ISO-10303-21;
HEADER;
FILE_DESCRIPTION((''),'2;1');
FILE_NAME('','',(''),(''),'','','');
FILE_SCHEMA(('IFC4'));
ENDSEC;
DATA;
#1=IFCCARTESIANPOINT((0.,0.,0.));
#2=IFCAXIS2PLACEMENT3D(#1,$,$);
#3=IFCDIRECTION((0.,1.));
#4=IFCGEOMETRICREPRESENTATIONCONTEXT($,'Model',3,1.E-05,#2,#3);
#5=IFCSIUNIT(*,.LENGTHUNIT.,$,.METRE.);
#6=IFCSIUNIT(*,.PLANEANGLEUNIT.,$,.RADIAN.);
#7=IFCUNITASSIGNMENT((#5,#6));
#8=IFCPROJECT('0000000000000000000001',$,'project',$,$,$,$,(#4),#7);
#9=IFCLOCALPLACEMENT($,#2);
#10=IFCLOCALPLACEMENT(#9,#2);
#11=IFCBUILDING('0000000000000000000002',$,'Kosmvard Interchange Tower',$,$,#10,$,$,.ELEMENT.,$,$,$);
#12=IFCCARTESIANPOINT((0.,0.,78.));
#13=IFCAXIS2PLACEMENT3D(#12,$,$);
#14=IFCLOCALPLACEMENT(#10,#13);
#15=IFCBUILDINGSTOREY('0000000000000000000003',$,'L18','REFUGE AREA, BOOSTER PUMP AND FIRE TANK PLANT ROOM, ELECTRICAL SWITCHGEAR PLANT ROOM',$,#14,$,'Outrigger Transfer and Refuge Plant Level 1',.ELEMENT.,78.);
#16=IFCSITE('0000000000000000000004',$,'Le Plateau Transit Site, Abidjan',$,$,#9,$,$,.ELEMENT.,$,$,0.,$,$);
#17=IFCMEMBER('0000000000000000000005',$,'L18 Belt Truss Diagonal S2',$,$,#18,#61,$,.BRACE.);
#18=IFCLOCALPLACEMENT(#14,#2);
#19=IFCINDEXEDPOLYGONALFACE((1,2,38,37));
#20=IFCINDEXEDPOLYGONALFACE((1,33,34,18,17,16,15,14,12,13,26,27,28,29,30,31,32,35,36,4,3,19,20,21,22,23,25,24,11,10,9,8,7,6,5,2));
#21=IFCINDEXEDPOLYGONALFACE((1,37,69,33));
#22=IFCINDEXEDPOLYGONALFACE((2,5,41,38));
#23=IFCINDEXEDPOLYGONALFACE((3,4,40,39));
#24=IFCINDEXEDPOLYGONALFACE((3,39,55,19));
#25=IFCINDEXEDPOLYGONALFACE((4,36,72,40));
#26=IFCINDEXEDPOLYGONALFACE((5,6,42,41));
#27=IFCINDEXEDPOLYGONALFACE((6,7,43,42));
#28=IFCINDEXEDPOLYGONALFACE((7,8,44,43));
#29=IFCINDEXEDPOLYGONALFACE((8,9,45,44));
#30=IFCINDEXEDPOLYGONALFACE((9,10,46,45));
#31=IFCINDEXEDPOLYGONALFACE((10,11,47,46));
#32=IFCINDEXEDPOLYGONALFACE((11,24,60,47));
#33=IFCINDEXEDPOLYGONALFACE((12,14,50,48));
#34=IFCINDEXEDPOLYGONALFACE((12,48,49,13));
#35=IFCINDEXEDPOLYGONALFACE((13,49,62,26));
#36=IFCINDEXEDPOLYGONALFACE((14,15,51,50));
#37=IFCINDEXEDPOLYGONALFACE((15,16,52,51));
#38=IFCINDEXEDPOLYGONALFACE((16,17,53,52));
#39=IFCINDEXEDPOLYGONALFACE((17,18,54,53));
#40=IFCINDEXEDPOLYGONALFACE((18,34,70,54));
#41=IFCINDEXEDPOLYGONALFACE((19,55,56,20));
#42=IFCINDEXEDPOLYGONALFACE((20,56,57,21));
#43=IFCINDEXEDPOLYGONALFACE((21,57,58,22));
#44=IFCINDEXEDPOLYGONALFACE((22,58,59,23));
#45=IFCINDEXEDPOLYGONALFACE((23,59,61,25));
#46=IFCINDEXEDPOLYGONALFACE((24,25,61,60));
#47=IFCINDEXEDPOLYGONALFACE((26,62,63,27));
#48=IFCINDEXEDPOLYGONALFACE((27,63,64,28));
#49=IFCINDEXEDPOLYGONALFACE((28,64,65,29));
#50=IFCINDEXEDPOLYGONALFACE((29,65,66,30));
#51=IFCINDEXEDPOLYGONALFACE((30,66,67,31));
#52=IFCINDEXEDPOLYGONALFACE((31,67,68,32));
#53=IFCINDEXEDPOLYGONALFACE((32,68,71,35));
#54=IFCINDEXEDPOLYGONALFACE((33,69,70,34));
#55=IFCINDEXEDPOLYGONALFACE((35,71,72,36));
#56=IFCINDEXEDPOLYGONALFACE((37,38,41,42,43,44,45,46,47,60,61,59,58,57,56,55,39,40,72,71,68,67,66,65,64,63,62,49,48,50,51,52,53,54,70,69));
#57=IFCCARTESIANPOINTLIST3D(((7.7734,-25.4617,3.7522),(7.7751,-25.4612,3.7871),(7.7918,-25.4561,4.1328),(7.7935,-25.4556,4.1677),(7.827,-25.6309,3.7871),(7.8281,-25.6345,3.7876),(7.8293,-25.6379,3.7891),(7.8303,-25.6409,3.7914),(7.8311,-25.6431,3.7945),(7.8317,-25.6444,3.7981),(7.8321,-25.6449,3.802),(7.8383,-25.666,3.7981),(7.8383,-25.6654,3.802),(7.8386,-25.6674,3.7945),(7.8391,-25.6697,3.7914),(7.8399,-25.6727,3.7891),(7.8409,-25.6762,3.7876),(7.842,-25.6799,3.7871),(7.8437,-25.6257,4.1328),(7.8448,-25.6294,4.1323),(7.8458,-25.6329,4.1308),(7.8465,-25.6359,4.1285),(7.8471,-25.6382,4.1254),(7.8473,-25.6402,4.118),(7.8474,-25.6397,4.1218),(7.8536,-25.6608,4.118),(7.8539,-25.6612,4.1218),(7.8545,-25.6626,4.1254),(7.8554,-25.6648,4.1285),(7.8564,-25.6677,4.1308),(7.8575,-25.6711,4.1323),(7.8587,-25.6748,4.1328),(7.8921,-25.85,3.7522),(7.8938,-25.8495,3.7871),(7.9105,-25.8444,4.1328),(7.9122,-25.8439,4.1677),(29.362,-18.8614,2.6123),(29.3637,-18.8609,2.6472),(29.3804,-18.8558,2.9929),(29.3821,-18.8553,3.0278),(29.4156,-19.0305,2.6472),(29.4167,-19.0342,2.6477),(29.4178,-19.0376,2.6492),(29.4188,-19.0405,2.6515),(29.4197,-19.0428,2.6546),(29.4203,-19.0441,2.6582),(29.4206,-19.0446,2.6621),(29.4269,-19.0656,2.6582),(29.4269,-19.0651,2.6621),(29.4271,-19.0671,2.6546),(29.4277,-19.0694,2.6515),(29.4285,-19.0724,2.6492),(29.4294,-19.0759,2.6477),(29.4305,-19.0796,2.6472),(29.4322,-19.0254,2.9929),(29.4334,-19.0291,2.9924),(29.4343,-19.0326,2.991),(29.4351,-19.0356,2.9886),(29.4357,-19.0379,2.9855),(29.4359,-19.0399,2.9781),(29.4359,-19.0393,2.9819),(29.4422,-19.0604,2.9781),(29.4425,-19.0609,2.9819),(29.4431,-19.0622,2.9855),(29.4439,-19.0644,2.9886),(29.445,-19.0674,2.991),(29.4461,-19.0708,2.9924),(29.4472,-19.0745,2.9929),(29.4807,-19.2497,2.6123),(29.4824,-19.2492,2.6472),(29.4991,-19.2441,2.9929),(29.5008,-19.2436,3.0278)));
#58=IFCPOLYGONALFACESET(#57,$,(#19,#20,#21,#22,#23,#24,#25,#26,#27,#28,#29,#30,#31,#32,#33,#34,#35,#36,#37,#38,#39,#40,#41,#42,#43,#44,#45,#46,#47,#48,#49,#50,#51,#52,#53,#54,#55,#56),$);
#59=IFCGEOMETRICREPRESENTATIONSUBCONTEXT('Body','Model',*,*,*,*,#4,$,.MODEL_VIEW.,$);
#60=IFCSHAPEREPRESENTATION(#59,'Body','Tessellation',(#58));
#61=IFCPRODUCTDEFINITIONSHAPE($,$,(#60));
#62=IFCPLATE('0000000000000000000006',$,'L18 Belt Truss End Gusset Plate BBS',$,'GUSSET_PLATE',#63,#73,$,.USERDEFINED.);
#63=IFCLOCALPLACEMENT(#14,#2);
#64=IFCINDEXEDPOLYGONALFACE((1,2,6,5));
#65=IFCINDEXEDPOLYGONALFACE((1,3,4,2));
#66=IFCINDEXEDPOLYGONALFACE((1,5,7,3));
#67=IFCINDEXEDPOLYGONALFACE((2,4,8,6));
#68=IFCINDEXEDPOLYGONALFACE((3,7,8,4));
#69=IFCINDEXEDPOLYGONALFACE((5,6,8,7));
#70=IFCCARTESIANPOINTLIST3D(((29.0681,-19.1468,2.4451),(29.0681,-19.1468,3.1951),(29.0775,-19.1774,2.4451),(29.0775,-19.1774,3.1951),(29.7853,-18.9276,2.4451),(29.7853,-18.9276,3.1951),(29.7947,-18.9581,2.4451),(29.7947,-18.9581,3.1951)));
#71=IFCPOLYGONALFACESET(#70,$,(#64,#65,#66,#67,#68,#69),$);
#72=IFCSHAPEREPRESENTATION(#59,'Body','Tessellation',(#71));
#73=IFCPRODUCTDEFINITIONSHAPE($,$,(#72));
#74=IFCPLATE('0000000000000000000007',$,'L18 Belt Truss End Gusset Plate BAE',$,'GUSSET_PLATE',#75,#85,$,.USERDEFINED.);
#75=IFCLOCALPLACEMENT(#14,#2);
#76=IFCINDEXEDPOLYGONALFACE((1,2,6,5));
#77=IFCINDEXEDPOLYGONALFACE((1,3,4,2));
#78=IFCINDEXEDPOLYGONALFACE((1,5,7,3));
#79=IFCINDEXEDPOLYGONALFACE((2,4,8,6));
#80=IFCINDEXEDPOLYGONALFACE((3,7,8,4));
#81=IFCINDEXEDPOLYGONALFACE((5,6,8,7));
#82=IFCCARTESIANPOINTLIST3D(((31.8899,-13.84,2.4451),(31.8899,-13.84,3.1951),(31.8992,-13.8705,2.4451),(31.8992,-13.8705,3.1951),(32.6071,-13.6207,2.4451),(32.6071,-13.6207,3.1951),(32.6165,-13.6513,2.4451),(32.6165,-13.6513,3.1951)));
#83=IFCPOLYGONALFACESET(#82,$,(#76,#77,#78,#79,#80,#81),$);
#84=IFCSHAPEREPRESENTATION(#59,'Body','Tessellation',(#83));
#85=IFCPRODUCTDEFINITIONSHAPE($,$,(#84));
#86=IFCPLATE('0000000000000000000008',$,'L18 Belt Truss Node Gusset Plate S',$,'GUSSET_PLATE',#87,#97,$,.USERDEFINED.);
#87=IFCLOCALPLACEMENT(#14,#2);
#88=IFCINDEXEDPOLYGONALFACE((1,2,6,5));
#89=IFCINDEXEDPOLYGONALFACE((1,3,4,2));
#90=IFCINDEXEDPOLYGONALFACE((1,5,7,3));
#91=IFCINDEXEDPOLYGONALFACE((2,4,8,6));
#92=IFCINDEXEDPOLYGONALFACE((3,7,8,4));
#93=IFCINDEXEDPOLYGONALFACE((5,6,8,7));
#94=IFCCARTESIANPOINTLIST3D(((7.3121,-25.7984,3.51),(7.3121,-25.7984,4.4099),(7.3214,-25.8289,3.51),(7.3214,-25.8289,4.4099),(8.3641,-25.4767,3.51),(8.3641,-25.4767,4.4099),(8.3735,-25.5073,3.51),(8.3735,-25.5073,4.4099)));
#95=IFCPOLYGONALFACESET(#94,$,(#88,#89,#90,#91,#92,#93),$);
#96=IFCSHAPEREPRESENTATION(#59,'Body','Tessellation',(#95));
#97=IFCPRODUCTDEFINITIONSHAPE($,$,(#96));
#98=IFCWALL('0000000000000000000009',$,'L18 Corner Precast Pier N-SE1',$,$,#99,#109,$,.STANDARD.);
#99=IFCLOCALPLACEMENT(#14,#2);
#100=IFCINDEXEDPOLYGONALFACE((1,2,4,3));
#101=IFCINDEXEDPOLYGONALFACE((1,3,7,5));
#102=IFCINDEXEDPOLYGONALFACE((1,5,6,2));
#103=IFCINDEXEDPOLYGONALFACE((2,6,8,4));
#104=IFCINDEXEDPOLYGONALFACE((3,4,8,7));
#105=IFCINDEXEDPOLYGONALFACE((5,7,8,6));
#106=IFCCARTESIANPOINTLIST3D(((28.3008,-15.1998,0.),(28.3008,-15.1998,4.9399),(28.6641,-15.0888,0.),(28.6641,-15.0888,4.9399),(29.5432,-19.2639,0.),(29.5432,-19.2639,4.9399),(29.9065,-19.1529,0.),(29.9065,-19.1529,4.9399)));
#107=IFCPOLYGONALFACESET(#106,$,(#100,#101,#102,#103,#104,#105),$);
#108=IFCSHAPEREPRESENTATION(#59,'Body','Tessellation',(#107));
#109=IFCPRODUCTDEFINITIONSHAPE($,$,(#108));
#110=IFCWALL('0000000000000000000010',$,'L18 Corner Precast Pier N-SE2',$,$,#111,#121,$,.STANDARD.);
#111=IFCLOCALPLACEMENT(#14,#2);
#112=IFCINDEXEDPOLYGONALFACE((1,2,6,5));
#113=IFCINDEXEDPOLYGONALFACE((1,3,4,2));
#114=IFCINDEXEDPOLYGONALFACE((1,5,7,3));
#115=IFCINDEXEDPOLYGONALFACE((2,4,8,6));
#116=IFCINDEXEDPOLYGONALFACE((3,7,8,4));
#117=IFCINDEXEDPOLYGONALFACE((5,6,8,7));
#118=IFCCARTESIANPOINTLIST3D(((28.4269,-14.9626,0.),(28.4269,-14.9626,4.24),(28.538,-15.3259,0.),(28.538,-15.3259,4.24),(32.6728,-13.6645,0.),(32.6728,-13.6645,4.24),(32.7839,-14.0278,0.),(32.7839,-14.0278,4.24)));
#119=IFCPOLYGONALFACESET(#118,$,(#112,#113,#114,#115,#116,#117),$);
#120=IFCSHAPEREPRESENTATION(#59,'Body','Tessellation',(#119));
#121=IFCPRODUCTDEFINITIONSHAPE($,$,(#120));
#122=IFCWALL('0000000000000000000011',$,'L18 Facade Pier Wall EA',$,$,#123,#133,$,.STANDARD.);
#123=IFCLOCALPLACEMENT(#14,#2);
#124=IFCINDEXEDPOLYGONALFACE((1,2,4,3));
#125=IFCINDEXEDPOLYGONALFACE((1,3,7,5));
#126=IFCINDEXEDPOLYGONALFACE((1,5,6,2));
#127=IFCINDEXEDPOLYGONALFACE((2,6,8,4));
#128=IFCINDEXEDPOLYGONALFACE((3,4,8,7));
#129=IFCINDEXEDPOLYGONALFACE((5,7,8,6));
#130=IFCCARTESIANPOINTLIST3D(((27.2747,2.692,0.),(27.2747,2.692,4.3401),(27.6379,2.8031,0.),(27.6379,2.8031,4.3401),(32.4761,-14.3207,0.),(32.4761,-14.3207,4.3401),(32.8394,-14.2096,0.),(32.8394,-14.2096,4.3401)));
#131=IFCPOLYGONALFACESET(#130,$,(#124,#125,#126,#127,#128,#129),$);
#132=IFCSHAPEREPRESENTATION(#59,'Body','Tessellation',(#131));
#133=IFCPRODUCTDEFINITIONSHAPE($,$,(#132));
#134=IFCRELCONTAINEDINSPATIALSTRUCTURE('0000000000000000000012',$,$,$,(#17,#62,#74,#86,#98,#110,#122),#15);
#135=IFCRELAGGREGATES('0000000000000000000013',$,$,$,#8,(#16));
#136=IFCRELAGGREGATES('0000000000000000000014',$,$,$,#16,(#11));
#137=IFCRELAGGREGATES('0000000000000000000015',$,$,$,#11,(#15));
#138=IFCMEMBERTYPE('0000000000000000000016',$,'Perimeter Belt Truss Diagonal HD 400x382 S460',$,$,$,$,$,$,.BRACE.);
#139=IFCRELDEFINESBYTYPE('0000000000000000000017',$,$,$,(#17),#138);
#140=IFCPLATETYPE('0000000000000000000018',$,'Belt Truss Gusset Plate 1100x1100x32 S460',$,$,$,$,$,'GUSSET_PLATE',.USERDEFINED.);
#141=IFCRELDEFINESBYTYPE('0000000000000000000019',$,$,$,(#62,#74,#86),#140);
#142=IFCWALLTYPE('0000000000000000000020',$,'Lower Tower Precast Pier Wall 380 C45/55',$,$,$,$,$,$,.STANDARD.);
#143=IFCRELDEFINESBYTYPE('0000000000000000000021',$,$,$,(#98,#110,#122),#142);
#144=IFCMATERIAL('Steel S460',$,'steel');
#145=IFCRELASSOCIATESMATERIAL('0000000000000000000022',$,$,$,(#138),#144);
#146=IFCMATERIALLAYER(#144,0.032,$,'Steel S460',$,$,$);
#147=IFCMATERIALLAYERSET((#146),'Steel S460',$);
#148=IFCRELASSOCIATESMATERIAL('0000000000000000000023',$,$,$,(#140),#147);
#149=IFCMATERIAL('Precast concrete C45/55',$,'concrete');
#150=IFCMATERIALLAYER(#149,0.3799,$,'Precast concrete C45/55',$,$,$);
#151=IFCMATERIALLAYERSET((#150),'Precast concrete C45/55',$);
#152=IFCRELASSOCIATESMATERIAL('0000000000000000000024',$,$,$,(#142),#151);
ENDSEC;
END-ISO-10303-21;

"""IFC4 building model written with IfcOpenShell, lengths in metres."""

from ifc_helpers import new_model, si_unit, direction, frame, frame_2d, origin, origin_2d, place, context, subcontext, project, spatial, rectangle, i_section, extrude, source, transform, mapped, material, layer, layer_set, material_profile, profile_set, type_object, element, save


model = new_model("IFC4")

# Units and contexts
model_context = context("Model", 3, precision=1e-05, world=origin(), true_north=direction((0.0, 1.0)))
body_context = subcontext(model_context, "Body", "Model", "MODEL_VIEW")
ifc_project = project(units=[si_unit("LENGTHUNIT", "METRE"), si_unit("PLANEANGLEUNIT", "RADIAN")], contexts=[model_context])

# Site, building, storey
site_placement = place(None, origin())
site = spatial("IfcSite", under=ifc_project, at=site_placement, Name="Le Plateau Transit Site, Abidjan", CompositionType="ELEMENT", RefElevation=0.0)
building_placement = place(site_placement, origin())
building = spatial("IfcBuilding", under=site, at=building_placement, Name="Kosmvard Interchange Tower", CompositionType="ELEMENT")
storey_placement = place(building_placement, frame((0.0, 0.0, 78.0)))
storey = spatial("IfcBuildingStorey", under=building, at=storey_placement, Name="L18", Description="REFUGE AREA, BOOSTER PUMP AND FIRE TANK PLANT ROOM, ELECTRICAL SWITCHGEAR PLANT ROOM", LongName="Outrigger Transfer and Refuge Plant Level 1", CompositionType="ELEMENT", Elevation=78.0)

# Member
ifc_material_1 = material(Name="Steel S460", Category="steel")
ifc_material_profile_1 = material_profile(ifc_material_1, i_section(OverallWidth=0.406, OverallDepth=0.416, WebThickness=0.0215, FlangeThickness=0.0349, FilletRadius=0.0149, at=origin_2d()), Name="HD 400x382")
ifc_profile_set_1 = profile_set([ifc_material_profile_1], Name="Steel S460")
member_type_1 = type_object("IfcMemberType", Name="Perimeter Belt Truss Diagonal HD 400x382 S460", PredefinedType="BRACE", material=ifc_profile_set_1)
shared_shape_1 = source(origin(), body_context, "Body", "SweptSolid", [
    extrude(i_section(OverallWidth=0.406, OverallDepth=0.416, WebThickness=0.0215, FlangeThickness=0.0349, FilletRadius=0.0149, at=origin_2d()), origin(), (0.0, 0.0, 1.0), 22.6038),
])
member_1_placement = place(storey_placement, frame((29.4314, -19.0525, 2.8201), z_axis=(-0.955088, -0.292001, 0.050429), x_axis=(0.292373, -0.956304, 0.0)))
element("IfcMember", 1, at=member_1_placement, inside=storey, type_object=member_type_1, Name="L18 Belt Truss Diagonal S2", PredefinedType="BRACE", context=body_context, shape_type="MappedRepresentation", body=[
    mapped(shared_shape_1, transform((0.0, 0.0, 0.0), scale=1.0)),
])

# Plates
ifc_layer_1 = layer(ifc_material_1, 0.032, Name="Steel S460")
ifc_layer_set_1 = layer_set([ifc_layer_1], Name="Steel S460")
plate_type = type_object("IfcPlateType", Name="Belt Truss Gusset Plate 1100x1100x32 S460", ElementType="GUSSET_PLATE", PredefinedType="USERDEFINED", material=ifc_layer_set_1)
shared_shape_2 = source(origin(), body_context, "Body", "SweptSolid", [
    extrude(rectangle(XDim=0.75, YDim=0.032, at=origin_2d()), origin(), (0.0, 0.0, 1.0), 0.75),
])
for number, where, z_axis, x_axis, name in (
    (2, (29.4314, -19.0525, 2.4451), (0.0, 0.0, 1.0), (0.956305, 0.292372, 0.0), "L18 Belt Truss End Gusset Plate BBS"),
    (3, (32.2532, -13.7456, 2.4451), (0.0, 0.0, 1.0), (0.956305, 0.292372, 0.0), "L18 Belt Truss End Gusset Plate BAE"),
):
    element("IfcPlate", number, at=place(storey_placement, frame(where, z_axis=z_axis, x_axis=x_axis)), inside=storey, type_object=plate_type, Name=name, ObjectType="GUSSET_PLATE", PredefinedType="USERDEFINED", context=body_context, shape_type="MappedRepresentation", body=[
        mapped(shared_shape_2, transform((0.0, 0.0, 0.0), scale=1.0)),
    ])
shared_shape_3 = source(origin(), body_context, "Body", "SweptSolid", [
    extrude(rectangle(XDim=1.1001, YDim=0.032, at=origin_2d()), origin(), (0.0, 0.0, 1.0), 0.8999),
])
plate_placement = place(storey_placement, frame((7.8428, -25.6528, 3.51), z_axis=(0.0, 0.0, 1.0), x_axis=(0.956305, 0.292372, 0.0)))
element("IfcPlate", 4, at=plate_placement, inside=storey, type_object=plate_type, Name="L18 Belt Truss Node Gusset Plate S", ObjectType="GUSSET_PLATE", PredefinedType="USERDEFINED", context=body_context, shape_type="MappedRepresentation", body=[
    mapped(shared_shape_3, transform((0.0, 0.0, 0.0), scale=1.0)),
])

# Walls
ifc_material_2 = material(Name="Precast concrete C45/55", Category="concrete")
ifc_layer_2 = layer(ifc_material_2, 0.3799, Name="Precast concrete C45/55")
ifc_layer_set_2 = layer_set([ifc_layer_2], Name="Precast concrete C45/55")
wall_type = type_object("IfcWallType", Name="Lower Tower Precast Pier Wall 380 C45/55", PredefinedType="STANDARD", material=ifc_layer_set_2)
wall_1_placement = place(storey_placement, frame((29.7249, -19.2085, 0.0), z_axis=(0.0, 0.0, 1.0), x_axis=(-0.292346, 0.956313, 0.0)))
element("IfcWall", 5, at=wall_1_placement, inside=storey, type_object=wall_type, Name="L18 Corner Precast Pier N-SE1", PredefinedType="STANDARD", context=body_context, shape_type="SweptSolid", body=[
    extrude(rectangle(XDim=4.2498, YDim=0.3799, at=frame_2d((2.125, 0.0))), origin(), (0.0, 0.0, 1.0), 4.9399),
])
wall_2_placement = place(storey_placement, frame((28.4824, -15.1443, 0.0), z_axis=(0.0, 0.0, 1.0), x_axis=(0.956304, 0.292374, 0.0)))
element("IfcWall", 6, at=wall_2_placement, inside=storey, type_object=wall_type, Name="L18 Corner Precast Pier N-SE2", PredefinedType="STANDARD", context=body_context, shape_type="SweptSolid", body=[
    extrude(rectangle(XDim=4.4399, YDim=0.3799, at=frame_2d((2.22, 0.0))), origin(), (0.0, 0.0, 1.0), 4.24),
])
wall_3_placement = place(storey_placement, frame((32.6577, -14.2651, 0.0), z_axis=(0.0, 0.0, 1.0), x_axis=(-0.292378, 0.956303, 0.0)))
element("IfcWall", 7, at=wall_3_placement, inside=storey, type_object=wall_type, Name="L18 Facade Pier Wall EA", PredefinedType="STANDARD", context=body_context, shape_type="SweptSolid", body=[
    extrude(rectangle(XDim=17.79, YDim=0.3799, at=frame_2d((8.895, 0.0))), origin(), (0.0, 0.0, 1.0), 4.3401),
])

save(model, "model.ifc")
